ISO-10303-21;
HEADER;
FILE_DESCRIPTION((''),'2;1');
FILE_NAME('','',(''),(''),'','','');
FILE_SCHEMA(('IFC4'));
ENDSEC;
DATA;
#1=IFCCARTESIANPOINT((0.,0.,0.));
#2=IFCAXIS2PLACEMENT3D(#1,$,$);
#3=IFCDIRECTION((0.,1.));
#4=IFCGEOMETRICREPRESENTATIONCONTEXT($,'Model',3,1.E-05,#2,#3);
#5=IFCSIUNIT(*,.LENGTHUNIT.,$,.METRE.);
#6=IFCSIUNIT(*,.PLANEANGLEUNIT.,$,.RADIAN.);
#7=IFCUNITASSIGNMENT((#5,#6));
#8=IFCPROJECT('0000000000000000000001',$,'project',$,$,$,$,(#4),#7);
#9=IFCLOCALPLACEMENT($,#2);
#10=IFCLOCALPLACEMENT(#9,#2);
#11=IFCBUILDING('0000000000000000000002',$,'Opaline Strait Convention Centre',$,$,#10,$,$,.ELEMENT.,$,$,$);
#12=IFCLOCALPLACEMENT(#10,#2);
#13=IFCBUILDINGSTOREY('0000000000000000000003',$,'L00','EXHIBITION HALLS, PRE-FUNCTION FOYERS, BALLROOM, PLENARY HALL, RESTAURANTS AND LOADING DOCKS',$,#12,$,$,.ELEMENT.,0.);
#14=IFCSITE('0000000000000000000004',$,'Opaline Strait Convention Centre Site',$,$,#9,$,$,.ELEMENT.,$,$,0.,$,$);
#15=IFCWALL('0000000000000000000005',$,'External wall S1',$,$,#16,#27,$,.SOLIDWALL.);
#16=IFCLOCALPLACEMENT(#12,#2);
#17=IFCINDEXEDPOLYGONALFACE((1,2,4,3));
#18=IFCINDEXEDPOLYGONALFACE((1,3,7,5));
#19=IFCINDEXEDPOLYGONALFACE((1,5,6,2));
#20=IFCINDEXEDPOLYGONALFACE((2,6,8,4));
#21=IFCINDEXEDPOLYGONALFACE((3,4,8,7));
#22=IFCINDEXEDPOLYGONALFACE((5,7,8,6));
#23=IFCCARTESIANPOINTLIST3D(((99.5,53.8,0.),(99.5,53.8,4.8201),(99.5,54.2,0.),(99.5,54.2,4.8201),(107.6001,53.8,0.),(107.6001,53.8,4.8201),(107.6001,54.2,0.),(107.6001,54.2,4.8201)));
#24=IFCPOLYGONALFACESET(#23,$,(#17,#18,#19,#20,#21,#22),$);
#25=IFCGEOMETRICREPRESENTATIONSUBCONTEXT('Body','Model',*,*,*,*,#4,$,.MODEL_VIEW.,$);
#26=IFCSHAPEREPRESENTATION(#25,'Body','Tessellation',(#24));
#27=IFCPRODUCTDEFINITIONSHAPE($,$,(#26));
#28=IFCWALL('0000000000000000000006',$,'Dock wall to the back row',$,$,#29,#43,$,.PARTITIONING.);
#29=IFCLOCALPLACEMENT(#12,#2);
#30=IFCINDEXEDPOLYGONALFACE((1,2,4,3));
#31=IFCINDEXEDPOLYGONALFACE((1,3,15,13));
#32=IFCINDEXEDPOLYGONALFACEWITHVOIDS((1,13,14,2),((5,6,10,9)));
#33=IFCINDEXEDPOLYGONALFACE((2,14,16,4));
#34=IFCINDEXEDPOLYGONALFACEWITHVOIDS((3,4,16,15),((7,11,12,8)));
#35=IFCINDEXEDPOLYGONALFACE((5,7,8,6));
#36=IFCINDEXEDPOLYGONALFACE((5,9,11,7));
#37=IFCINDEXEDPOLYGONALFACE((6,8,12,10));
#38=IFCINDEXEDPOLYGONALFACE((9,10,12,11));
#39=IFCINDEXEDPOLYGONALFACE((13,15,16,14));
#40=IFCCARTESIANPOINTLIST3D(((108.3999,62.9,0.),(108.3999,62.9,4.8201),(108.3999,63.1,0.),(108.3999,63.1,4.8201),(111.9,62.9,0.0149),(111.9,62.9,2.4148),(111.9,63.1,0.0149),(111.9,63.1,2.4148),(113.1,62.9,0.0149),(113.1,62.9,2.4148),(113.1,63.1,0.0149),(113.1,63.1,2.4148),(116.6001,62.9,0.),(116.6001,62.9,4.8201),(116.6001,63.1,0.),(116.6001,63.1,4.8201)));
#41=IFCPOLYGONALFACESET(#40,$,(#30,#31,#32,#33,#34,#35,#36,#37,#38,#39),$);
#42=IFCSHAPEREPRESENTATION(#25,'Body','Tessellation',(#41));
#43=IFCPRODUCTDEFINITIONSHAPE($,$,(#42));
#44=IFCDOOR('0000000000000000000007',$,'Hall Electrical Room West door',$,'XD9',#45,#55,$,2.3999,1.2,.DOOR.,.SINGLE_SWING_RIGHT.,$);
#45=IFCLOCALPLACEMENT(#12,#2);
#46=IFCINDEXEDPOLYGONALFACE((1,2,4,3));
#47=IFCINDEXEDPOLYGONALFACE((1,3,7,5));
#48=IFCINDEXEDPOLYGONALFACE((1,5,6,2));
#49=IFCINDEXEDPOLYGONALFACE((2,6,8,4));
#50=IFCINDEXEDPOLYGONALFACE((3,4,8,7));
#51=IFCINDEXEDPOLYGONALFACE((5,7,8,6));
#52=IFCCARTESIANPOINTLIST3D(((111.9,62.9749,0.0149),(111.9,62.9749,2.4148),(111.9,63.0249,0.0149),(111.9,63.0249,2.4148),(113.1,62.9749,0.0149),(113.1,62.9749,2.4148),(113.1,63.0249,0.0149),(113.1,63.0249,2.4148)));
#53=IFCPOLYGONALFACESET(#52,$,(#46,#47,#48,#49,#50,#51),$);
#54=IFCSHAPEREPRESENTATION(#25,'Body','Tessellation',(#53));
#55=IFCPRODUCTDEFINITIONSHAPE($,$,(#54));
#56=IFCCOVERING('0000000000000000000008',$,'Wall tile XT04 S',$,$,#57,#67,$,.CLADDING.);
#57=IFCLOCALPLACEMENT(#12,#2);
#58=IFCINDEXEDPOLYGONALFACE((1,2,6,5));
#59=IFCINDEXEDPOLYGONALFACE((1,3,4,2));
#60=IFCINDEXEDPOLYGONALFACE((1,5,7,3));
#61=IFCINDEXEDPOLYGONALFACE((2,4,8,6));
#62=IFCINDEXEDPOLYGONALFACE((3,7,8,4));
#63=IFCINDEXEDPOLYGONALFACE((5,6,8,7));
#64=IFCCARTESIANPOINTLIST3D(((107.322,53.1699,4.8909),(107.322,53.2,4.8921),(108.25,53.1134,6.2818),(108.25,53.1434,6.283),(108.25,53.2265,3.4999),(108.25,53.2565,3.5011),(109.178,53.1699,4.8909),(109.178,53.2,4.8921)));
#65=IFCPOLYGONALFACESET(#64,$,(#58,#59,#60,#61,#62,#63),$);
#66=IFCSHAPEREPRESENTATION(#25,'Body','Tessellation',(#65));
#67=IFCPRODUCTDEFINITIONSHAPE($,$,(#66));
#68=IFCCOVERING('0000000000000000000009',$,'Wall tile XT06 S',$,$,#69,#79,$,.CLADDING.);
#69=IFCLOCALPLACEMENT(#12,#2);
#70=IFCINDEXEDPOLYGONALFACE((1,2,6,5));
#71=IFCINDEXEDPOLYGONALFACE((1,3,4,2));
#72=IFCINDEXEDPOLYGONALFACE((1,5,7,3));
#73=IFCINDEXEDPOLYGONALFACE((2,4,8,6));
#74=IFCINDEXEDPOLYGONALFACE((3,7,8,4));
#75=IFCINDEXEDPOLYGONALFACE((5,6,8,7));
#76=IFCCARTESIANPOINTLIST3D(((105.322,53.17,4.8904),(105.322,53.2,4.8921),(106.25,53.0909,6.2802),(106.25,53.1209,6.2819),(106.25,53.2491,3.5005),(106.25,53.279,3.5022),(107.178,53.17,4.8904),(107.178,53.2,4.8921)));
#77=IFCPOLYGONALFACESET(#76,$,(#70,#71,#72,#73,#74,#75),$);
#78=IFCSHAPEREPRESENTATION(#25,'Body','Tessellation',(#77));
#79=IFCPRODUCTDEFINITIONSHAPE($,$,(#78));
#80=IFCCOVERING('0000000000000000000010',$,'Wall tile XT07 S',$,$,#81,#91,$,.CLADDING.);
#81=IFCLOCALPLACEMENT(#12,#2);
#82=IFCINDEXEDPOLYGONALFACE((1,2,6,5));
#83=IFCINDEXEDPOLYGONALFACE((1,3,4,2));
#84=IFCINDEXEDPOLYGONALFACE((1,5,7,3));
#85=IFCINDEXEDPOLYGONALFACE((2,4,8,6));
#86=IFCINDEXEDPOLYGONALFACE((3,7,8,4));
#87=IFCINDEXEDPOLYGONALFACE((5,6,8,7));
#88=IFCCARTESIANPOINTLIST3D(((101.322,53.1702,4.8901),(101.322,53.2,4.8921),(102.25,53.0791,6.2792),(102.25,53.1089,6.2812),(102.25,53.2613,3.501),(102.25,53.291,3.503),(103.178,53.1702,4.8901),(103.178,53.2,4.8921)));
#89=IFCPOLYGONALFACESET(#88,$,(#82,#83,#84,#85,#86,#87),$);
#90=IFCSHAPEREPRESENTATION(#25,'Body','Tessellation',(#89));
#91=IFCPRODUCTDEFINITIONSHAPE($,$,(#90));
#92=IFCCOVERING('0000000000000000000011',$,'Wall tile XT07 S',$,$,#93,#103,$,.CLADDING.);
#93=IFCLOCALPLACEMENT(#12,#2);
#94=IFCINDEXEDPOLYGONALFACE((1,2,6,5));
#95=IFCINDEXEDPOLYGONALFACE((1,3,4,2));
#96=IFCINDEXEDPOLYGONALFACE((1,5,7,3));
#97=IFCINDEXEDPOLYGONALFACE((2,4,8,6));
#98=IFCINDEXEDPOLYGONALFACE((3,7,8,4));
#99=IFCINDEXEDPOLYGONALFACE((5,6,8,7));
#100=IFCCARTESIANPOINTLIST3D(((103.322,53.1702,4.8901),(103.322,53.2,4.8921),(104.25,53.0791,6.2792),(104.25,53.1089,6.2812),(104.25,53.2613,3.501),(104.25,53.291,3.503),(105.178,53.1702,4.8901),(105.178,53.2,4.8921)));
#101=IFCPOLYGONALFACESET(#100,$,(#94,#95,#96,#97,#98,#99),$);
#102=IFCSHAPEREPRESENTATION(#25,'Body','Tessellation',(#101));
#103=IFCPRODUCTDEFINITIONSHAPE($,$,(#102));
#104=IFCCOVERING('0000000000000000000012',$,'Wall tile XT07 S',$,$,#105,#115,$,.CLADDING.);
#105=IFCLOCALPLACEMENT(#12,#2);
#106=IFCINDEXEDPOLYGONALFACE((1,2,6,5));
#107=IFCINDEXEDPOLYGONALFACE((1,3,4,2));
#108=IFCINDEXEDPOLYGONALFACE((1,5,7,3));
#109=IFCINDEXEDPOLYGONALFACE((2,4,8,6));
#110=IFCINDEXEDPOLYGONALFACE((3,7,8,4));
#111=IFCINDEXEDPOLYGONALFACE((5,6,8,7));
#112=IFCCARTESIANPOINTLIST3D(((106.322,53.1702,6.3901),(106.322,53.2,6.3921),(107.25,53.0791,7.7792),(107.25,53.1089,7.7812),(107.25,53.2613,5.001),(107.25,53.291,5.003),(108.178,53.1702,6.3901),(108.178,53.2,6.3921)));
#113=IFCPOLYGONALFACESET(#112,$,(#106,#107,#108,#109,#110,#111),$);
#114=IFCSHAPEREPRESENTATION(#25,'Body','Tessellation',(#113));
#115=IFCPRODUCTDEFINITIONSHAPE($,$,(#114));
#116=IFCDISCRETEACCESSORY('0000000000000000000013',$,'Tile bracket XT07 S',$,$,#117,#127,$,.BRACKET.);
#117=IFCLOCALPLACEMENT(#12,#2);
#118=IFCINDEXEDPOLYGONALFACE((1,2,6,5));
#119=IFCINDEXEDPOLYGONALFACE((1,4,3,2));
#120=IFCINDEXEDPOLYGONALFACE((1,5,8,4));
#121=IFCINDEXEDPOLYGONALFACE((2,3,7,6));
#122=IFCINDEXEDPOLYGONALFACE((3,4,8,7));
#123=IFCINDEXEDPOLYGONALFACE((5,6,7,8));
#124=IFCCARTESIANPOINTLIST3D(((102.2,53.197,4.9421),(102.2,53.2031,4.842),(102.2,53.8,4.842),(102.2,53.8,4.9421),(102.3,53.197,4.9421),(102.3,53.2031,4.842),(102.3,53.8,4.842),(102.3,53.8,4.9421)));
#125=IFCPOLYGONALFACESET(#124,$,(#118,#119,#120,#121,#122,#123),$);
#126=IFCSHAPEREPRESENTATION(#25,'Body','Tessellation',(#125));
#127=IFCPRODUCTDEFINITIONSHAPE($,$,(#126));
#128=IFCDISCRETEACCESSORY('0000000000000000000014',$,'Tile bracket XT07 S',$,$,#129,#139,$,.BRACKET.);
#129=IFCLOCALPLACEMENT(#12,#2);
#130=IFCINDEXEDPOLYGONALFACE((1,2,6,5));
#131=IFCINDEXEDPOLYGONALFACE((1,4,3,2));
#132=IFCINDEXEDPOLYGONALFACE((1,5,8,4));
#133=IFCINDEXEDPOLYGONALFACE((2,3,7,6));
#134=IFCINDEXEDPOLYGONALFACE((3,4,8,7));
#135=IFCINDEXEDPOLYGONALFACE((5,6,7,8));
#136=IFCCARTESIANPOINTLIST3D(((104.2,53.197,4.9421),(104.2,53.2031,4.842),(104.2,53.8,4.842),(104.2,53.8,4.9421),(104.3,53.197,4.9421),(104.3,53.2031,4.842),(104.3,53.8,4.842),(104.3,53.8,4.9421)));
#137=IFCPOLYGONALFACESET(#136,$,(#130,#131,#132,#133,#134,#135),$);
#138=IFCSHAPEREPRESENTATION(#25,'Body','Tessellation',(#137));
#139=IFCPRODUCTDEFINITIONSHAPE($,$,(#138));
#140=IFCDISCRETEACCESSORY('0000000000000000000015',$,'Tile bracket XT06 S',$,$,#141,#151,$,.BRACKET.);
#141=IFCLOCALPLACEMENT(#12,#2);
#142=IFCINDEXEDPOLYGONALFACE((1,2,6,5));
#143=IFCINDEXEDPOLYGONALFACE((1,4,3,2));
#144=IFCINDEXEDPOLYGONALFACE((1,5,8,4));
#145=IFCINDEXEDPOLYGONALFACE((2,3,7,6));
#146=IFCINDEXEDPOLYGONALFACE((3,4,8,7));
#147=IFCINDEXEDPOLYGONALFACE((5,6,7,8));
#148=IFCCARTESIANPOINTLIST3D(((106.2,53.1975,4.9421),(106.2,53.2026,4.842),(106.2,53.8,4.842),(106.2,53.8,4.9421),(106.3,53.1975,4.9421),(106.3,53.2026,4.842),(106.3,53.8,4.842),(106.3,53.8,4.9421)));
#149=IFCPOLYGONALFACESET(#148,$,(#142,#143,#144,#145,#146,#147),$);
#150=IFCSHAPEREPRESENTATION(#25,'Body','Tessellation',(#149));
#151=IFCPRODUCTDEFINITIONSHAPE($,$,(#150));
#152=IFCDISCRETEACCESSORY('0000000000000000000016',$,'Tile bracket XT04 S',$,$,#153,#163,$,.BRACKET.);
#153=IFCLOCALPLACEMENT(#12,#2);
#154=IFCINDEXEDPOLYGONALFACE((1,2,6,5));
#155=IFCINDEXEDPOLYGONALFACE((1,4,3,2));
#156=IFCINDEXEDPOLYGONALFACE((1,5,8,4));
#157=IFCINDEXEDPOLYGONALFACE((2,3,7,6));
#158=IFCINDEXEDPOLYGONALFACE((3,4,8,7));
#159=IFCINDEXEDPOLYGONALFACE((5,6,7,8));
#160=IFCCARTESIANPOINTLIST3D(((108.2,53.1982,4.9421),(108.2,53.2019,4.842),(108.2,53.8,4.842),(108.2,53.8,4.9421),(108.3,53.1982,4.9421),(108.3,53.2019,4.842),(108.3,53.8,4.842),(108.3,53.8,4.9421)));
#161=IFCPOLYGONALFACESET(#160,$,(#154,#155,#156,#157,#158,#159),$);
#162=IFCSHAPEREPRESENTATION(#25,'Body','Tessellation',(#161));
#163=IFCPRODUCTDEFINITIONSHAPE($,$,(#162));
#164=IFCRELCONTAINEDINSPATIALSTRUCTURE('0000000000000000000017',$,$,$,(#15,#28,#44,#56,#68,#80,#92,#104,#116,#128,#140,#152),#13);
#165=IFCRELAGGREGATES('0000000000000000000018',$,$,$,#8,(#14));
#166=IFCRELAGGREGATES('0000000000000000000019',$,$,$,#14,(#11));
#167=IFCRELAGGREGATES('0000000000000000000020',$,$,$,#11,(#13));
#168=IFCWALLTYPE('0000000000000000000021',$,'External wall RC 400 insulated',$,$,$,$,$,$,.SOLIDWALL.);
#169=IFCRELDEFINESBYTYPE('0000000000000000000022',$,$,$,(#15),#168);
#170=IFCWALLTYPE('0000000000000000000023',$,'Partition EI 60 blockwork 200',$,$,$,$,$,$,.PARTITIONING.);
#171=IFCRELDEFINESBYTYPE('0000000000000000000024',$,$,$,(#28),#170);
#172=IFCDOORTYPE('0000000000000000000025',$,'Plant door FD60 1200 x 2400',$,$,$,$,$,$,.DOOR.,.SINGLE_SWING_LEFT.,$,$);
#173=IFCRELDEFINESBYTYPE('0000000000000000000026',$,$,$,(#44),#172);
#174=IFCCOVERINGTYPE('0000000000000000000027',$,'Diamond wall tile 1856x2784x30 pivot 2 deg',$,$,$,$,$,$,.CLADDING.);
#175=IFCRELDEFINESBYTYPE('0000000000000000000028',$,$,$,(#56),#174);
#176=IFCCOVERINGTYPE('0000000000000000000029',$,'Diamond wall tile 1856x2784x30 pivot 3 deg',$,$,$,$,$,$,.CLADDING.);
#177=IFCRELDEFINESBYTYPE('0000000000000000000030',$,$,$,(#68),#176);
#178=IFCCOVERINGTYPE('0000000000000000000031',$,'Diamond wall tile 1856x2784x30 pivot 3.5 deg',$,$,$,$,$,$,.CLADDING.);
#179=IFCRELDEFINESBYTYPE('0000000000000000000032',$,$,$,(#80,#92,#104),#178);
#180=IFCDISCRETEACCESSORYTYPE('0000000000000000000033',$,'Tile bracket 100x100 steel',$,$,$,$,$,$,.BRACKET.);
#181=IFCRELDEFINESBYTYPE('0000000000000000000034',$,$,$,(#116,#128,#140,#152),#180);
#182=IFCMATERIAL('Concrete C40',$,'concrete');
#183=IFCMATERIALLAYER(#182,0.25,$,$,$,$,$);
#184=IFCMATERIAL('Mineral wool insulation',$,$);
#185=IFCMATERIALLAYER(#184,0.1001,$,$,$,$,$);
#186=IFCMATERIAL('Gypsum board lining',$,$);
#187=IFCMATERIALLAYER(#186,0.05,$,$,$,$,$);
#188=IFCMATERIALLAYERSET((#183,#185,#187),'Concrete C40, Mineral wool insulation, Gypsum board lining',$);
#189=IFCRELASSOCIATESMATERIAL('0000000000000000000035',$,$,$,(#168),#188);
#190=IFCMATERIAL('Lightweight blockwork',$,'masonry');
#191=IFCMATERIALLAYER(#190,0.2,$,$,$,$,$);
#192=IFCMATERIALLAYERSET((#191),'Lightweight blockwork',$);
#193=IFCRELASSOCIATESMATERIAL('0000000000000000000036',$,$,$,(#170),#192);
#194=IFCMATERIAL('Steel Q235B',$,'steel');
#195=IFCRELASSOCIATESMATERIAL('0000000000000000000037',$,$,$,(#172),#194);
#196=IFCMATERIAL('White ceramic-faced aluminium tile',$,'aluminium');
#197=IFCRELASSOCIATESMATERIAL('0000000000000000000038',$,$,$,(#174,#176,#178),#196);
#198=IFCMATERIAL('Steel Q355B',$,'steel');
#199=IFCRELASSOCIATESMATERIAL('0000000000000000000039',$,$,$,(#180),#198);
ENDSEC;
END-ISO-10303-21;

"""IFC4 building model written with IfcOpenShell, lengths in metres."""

from ifc_helpers import new_model, si_unit, direction, frame, frame_2d, origin, place, context, subcontext, project, spatial, polyline, rectangle, outline, extrude, material, layer, layer_set, material_profile, profile_set, type_object, element, fill, save


model = new_model("IFC4")

# Units and contexts
model_context = context("Model", 3, precision=1e-05, world=origin(), true_north=direction((0.0, 1.0)))
body_context = subcontext(model_context, "Body", "Model", "MODEL_VIEW")
ifc_project = project(units=[si_unit("LENGTHUNIT", "METRE"), si_unit("PLANEANGLEUNIT", "RADIAN")], contexts=[model_context])

# Site, building, storey
site_placement = place(None, origin())
site = spatial("IfcSite", under=ifc_project, at=site_placement, Name="Opaline Strait Convention Centre Site", CompositionType="ELEMENT", RefElevation=0.0)
building_placement = place(site_placement, origin())
building = spatial("IfcBuilding", under=site, at=building_placement, Name="Opaline Strait Convention Centre", CompositionType="ELEMENT")
storey_placement = place(building_placement, origin())
storey = spatial("IfcBuildingStorey", under=building, at=storey_placement, Name="L00", Description="EXHIBITION HALLS, PRE-FUNCTION FOYERS, BALLROOM, PLENARY HALL, RESTAURANTS AND LOADING DOCKS", CompositionType="ELEMENT", Elevation=0.0)

# Shared definitions
ifc_material_1 = material(Name="Concrete C40", Category="concrete")

# Wall
ifc_layer_1 = layer(ifc_material_1, 0.25)
ifc_material_2 = material(Name="Mineral wool insulation")
ifc_layer_2 = layer(ifc_material_2, 0.1001)
ifc_material_3 = material(Name="Gypsum board lining")
ifc_layer_3 = layer(ifc_material_3, 0.05)
ifc_layer_set_1 = layer_set([ifc_layer_1, ifc_layer_2, ifc_layer_3], Name="Concrete C40, Mineral wool insulation, Gypsum board lining")
wall_type_1 = type_object("IfcWallType", Name="External wall RC 400 insulated", PredefinedType="SOLIDWALL", material=ifc_layer_set_1)
wall_1_placement = place(storey_placement, frame((99.5, 54.0, 0.0), z_axis=(0.0, 0.0, 1.0), x_axis=(1.0, 0.0, 0.0)))
element("IfcWall", 1, at=wall_1_placement, inside=storey, type_object=wall_type_1, Name="External wall S1", PredefinedType="SOLIDWALL", context=body_context, shape_type="SweptSolid", body=[
    extrude(rectangle(XDim=8.1001, YDim=0.3999, at=frame_2d((4.05, 0.0))), origin(), (0.0, 0.0, 1.0), 4.8201),
])

# Wall, opening, door
ifc_material_4 = material(Name="Steel Q235B", Category="steel")
ifc_material_5 = material(Name="Lightweight blockwork", Category="masonry")
ifc_layer_4 = layer(ifc_material_5, 0.2)
ifc_layer_set_2 = layer_set([ifc_layer_4], Name="Lightweight blockwork")
wall_type_2 = type_object("IfcWallType", Name="Partition EI 60 blockwork 200", PredefinedType="PARTITIONING", material=ifc_layer_set_2)
wall_2_placement = place(storey_placement, frame((108.3999, 63.0, 0.0), z_axis=(0.0, 0.0, 1.0), x_axis=(1.0, 0.0, 0.0)))
wall_2 = element("IfcWall", 2, at=wall_2_placement, inside=storey, type_object=wall_type_2, Name="Dock wall to the back row", PredefinedType="PARTITIONING", context=body_context, shape_type="SweptSolid", body=[
    extrude(rectangle(XDim=8.2002, YDim=0.2, at=frame_2d((4.1001, 0.0))), origin(), (0.0, 0.0, 1.0), 4.8201),
])
opening_1_placement = place(wall_2_placement, frame((3.5, 0.0, 0.0149)))
opening_1 = element("IfcOpeningElement", 3, at=opening_1_placement, cuts=wall_2, PredefinedType="OPENING", context=body_context, shape_type="SweptSolid", body=[
    extrude(rectangle(XDim=1.2, YDim=2.3999, at=frame_2d((0.6001, 1.2))), frame((0.0, 0.1099, 0.0), z_axis=(0.0, -1.0, 0.0), x_axis=(1.0, 0.0, 0.0)), (0.0, 0.0, 1.0), 0.22),
])
door_type_1 = type_object("IfcDoorType", Name="Plant door FD60 1200 x 2400", OperationType="SINGLE_SWING_LEFT", PredefinedType="DOOR", material=ifc_material_4)
door_1_placement = place(opening_1_placement, origin())
door_1 = element("IfcDoor", 4, at=door_1_placement, inside=storey, type_object=door_type_1, Name="Hall Electrical Room West door", ObjectType="XD9", OperationType="SINGLE_SWING_RIGHT", OverallHeight=2.3999, OverallWidth=1.2, PredefinedType="DOOR", context=body_context, shape_type="SweptSolid", body=[
    extrude(rectangle(XDim=1.2, YDim=2.3999, at=frame_2d((0.6001, 1.2))), frame((0.0, 0.0249, 0.0), z_axis=(0.0, -1.0, 0.0), x_axis=(1.0, 0.0, 0.0)), (0.0, 0.0, 1.0), 0.05),
])
fill(opening_1, door_1)

# Coverings
ifc_material_6 = material(Name="White ceramic-faced aluminium tile", Category="aluminium")
ifc_material_profile_1 = material_profile(ifc_material_6, outline(polyline([(0.928, 0.0), (0.0, 1.3921), (-0.928, 0.0), (0.0, -1.3921), (0.928, 0.0)])), Name="Diamond tile 1856x2784")
ifc_profile_set_1 = profile_set([ifc_material_profile_1], Name="White ceramic-faced aluminium tile")
covering_type_1 = type_object("IfcCoveringType", Name="Diamond wall tile 1856x2784x30 pivot 2 deg", PredefinedType="CLADDING", material=ifc_profile_set_1)
covering_1_placement = place(storey_placement, frame((108.25, 53.2, 4.8921), z_axis=(0.0, -0.999175, -0.040617), x_axis=(1.0, 0.0, 0.0)))
element("IfcCovering", 5, at=covering_1_placement, inside=storey, type_object=covering_type_1, Name="Wall tile XT04 S", PredefinedType="CLADDING", context=body_context, shape_type="SweptSolid", body=[
    extrude(outline(polyline([(0.928, 0.0), (0.0, 1.3921), (-0.928, 0.0), (0.0, -1.3921), (0.928, 0.0)])), origin(), (0.0, 0.0, 1.0), 0.03),
])
ifc_material_profile_2 = material_profile(ifc_material_6, outline(polyline([(0.928, 0.0), (0.0, 1.3921), (-0.928, 0.0), (0.0, -1.3921), (0.928, 0.0)])), Name="Diamond tile 1856x2784")
ifc_profile_set_2 = profile_set([ifc_material_profile_2], Name="White ceramic-faced aluminium tile")
covering_type_2 = type_object("IfcCoveringType", Name="Diamond wall tile 1856x2784x30 pivot 3 deg", PredefinedType="CLADDING", material=ifc_profile_set_2)
covering_2_placement = place(storey_placement, frame((106.25, 53.2, 4.8921), z_axis=(0.0, -0.998385, -0.056819), x_axis=(1.0, 0.0, 0.0)))
element("IfcCovering", 6, at=covering_2_placement, inside=storey, type_object=covering_type_2, Name="Wall tile XT06 S", PredefinedType="CLADDING", context=body_context, shape_type="SweptSolid", body=[
    extrude(outline(polyline([(0.928, 0.0), (0.0, 1.3921), (-0.928, 0.0), (0.0, -1.3921), (0.928, 0.0)])), origin(), (0.0, 0.0, 1.0), 0.03),
])
ifc_material_profile_3 = material_profile(ifc_material_6, outline(polyline([(0.928, 0.0), (0.0, 1.3921), (-0.928, 0.0), (0.0, -1.3921), (0.928, 0.0)])), Name="Diamond tile 1856x2784")
ifc_profile_set_3 = profile_set([ifc_material_profile_3], Name="White ceramic-faced aluminium tile")
covering_type_3 = type_object("IfcCoveringType", Name="Diamond wall tile 1856x2784x30 pivot 3.5 deg", PredefinedType="CLADDING", material=ifc_profile_set_3)
for number, where, z_axis, x_axis, name in (
    (7, (102.25, 53.2, 4.8921), (0.0, -0.997857, -0.065433), (1.0, 0.0, 0.0), "Wall tile XT07 S"),
    (8, (104.25, 53.2, 4.8921), (0.0, -0.997857, -0.065433), (1.0, 0.0, 0.0), "Wall tile XT07 S"),
    (9, (107.25, 53.2, 6.3921), (0.0, -0.997857, -0.065433), (1.0, 0.0, 0.0), "Wall tile XT07 S"),
):
    element("IfcCovering", number, at=place(storey_placement, frame(where, z_axis=z_axis, x_axis=x_axis)), inside=storey, type_object=covering_type_3, Name=name, PredefinedType="CLADDING", context=body_context, shape_type="SweptSolid", body=[
        extrude(outline(polyline([(0.928, 0.0), (0.0, 1.3921), (-0.928, 0.0), (0.0, -1.3921), (0.928, 0.0)])), origin(), (0.0, 0.0, 1.0), 0.0298),
    ])

# Discrete accessories
ifc_material_7 = material(Name="Steel Q355B", Category="steel")
discrete_accessory_type = type_object("IfcDiscreteAccessoryType", Name="Tile bracket 100x100 steel", PredefinedType="BRACKET", material=ifc_material_7)
for number, where, z_axis, x_axis, name in (
    (10, (102.2, 53.8, 4.8921), (1.0, 0.0, 0.0), (0.0, 1.0, 0.0), "Tile bracket XT07 S"),
    (11, (104.2, 53.8, 4.8921), (1.0, 0.0, 0.0), (0.0, 1.0, 0.0), "Tile bracket XT07 S"),
):
    element("IfcDiscreteAccessory", number, at=place(storey_placement, frame(where, z_axis=z_axis, x_axis=x_axis)), inside=storey, type_object=discrete_accessory_type, Name=name, PredefinedType="BRACKET", context=body_context, shape_type="SweptSolid", body=[
        extrude(outline(polyline([(0.0, -0.05), (0.0, 0.05), (-0.603, 0.05), (-0.5969, -0.05), (0.0, -0.05)])), origin(), (0.0, 0.0, 1.0), 0.1001),
    ])
discrete_accessory_1_placement = place(storey_placement, frame((106.2, 53.8, 4.8921), z_axis=(1.0, 0.0, 0.0), x_axis=(0.0, 1.0, 0.0)))
element("IfcDiscreteAccessory", 12, at=discrete_accessory_1_placement, inside=storey, type_object=discrete_accessory_type, Name="Tile bracket XT06 S", PredefinedType="BRACKET", context=body_context, shape_type="SweptSolid", body=[
    extrude(outline(polyline([(0.0, -0.05), (0.0, 0.05), (-0.6025, 0.05), (-0.5974, -0.05), (0.0, -0.05)])), origin(), (0.0, 0.0, 1.0), 0.1001),
])
discrete_accessory_2_placement = place(storey_placement, frame((108.2, 53.8, 4.8921), z_axis=(1.0, 0.0, 0.0), x_axis=(0.0, 1.0, 0.0)))
element("IfcDiscreteAccessory", 13, at=discrete_accessory_2_placement, inside=storey, type_object=discrete_accessory_type, Name="Tile bracket XT04 S", PredefinedType="BRACKET", context=body_context, shape_type="SweptSolid", body=[
    extrude(outline(polyline([(0.0, -0.05), (0.0, 0.05), (-0.6018, 0.05), (-0.5981, -0.05), (0.0, -0.05)])), origin(), (0.0, 0.0, 1.0), 0.1001),
])

save(model, "model.ifc")
